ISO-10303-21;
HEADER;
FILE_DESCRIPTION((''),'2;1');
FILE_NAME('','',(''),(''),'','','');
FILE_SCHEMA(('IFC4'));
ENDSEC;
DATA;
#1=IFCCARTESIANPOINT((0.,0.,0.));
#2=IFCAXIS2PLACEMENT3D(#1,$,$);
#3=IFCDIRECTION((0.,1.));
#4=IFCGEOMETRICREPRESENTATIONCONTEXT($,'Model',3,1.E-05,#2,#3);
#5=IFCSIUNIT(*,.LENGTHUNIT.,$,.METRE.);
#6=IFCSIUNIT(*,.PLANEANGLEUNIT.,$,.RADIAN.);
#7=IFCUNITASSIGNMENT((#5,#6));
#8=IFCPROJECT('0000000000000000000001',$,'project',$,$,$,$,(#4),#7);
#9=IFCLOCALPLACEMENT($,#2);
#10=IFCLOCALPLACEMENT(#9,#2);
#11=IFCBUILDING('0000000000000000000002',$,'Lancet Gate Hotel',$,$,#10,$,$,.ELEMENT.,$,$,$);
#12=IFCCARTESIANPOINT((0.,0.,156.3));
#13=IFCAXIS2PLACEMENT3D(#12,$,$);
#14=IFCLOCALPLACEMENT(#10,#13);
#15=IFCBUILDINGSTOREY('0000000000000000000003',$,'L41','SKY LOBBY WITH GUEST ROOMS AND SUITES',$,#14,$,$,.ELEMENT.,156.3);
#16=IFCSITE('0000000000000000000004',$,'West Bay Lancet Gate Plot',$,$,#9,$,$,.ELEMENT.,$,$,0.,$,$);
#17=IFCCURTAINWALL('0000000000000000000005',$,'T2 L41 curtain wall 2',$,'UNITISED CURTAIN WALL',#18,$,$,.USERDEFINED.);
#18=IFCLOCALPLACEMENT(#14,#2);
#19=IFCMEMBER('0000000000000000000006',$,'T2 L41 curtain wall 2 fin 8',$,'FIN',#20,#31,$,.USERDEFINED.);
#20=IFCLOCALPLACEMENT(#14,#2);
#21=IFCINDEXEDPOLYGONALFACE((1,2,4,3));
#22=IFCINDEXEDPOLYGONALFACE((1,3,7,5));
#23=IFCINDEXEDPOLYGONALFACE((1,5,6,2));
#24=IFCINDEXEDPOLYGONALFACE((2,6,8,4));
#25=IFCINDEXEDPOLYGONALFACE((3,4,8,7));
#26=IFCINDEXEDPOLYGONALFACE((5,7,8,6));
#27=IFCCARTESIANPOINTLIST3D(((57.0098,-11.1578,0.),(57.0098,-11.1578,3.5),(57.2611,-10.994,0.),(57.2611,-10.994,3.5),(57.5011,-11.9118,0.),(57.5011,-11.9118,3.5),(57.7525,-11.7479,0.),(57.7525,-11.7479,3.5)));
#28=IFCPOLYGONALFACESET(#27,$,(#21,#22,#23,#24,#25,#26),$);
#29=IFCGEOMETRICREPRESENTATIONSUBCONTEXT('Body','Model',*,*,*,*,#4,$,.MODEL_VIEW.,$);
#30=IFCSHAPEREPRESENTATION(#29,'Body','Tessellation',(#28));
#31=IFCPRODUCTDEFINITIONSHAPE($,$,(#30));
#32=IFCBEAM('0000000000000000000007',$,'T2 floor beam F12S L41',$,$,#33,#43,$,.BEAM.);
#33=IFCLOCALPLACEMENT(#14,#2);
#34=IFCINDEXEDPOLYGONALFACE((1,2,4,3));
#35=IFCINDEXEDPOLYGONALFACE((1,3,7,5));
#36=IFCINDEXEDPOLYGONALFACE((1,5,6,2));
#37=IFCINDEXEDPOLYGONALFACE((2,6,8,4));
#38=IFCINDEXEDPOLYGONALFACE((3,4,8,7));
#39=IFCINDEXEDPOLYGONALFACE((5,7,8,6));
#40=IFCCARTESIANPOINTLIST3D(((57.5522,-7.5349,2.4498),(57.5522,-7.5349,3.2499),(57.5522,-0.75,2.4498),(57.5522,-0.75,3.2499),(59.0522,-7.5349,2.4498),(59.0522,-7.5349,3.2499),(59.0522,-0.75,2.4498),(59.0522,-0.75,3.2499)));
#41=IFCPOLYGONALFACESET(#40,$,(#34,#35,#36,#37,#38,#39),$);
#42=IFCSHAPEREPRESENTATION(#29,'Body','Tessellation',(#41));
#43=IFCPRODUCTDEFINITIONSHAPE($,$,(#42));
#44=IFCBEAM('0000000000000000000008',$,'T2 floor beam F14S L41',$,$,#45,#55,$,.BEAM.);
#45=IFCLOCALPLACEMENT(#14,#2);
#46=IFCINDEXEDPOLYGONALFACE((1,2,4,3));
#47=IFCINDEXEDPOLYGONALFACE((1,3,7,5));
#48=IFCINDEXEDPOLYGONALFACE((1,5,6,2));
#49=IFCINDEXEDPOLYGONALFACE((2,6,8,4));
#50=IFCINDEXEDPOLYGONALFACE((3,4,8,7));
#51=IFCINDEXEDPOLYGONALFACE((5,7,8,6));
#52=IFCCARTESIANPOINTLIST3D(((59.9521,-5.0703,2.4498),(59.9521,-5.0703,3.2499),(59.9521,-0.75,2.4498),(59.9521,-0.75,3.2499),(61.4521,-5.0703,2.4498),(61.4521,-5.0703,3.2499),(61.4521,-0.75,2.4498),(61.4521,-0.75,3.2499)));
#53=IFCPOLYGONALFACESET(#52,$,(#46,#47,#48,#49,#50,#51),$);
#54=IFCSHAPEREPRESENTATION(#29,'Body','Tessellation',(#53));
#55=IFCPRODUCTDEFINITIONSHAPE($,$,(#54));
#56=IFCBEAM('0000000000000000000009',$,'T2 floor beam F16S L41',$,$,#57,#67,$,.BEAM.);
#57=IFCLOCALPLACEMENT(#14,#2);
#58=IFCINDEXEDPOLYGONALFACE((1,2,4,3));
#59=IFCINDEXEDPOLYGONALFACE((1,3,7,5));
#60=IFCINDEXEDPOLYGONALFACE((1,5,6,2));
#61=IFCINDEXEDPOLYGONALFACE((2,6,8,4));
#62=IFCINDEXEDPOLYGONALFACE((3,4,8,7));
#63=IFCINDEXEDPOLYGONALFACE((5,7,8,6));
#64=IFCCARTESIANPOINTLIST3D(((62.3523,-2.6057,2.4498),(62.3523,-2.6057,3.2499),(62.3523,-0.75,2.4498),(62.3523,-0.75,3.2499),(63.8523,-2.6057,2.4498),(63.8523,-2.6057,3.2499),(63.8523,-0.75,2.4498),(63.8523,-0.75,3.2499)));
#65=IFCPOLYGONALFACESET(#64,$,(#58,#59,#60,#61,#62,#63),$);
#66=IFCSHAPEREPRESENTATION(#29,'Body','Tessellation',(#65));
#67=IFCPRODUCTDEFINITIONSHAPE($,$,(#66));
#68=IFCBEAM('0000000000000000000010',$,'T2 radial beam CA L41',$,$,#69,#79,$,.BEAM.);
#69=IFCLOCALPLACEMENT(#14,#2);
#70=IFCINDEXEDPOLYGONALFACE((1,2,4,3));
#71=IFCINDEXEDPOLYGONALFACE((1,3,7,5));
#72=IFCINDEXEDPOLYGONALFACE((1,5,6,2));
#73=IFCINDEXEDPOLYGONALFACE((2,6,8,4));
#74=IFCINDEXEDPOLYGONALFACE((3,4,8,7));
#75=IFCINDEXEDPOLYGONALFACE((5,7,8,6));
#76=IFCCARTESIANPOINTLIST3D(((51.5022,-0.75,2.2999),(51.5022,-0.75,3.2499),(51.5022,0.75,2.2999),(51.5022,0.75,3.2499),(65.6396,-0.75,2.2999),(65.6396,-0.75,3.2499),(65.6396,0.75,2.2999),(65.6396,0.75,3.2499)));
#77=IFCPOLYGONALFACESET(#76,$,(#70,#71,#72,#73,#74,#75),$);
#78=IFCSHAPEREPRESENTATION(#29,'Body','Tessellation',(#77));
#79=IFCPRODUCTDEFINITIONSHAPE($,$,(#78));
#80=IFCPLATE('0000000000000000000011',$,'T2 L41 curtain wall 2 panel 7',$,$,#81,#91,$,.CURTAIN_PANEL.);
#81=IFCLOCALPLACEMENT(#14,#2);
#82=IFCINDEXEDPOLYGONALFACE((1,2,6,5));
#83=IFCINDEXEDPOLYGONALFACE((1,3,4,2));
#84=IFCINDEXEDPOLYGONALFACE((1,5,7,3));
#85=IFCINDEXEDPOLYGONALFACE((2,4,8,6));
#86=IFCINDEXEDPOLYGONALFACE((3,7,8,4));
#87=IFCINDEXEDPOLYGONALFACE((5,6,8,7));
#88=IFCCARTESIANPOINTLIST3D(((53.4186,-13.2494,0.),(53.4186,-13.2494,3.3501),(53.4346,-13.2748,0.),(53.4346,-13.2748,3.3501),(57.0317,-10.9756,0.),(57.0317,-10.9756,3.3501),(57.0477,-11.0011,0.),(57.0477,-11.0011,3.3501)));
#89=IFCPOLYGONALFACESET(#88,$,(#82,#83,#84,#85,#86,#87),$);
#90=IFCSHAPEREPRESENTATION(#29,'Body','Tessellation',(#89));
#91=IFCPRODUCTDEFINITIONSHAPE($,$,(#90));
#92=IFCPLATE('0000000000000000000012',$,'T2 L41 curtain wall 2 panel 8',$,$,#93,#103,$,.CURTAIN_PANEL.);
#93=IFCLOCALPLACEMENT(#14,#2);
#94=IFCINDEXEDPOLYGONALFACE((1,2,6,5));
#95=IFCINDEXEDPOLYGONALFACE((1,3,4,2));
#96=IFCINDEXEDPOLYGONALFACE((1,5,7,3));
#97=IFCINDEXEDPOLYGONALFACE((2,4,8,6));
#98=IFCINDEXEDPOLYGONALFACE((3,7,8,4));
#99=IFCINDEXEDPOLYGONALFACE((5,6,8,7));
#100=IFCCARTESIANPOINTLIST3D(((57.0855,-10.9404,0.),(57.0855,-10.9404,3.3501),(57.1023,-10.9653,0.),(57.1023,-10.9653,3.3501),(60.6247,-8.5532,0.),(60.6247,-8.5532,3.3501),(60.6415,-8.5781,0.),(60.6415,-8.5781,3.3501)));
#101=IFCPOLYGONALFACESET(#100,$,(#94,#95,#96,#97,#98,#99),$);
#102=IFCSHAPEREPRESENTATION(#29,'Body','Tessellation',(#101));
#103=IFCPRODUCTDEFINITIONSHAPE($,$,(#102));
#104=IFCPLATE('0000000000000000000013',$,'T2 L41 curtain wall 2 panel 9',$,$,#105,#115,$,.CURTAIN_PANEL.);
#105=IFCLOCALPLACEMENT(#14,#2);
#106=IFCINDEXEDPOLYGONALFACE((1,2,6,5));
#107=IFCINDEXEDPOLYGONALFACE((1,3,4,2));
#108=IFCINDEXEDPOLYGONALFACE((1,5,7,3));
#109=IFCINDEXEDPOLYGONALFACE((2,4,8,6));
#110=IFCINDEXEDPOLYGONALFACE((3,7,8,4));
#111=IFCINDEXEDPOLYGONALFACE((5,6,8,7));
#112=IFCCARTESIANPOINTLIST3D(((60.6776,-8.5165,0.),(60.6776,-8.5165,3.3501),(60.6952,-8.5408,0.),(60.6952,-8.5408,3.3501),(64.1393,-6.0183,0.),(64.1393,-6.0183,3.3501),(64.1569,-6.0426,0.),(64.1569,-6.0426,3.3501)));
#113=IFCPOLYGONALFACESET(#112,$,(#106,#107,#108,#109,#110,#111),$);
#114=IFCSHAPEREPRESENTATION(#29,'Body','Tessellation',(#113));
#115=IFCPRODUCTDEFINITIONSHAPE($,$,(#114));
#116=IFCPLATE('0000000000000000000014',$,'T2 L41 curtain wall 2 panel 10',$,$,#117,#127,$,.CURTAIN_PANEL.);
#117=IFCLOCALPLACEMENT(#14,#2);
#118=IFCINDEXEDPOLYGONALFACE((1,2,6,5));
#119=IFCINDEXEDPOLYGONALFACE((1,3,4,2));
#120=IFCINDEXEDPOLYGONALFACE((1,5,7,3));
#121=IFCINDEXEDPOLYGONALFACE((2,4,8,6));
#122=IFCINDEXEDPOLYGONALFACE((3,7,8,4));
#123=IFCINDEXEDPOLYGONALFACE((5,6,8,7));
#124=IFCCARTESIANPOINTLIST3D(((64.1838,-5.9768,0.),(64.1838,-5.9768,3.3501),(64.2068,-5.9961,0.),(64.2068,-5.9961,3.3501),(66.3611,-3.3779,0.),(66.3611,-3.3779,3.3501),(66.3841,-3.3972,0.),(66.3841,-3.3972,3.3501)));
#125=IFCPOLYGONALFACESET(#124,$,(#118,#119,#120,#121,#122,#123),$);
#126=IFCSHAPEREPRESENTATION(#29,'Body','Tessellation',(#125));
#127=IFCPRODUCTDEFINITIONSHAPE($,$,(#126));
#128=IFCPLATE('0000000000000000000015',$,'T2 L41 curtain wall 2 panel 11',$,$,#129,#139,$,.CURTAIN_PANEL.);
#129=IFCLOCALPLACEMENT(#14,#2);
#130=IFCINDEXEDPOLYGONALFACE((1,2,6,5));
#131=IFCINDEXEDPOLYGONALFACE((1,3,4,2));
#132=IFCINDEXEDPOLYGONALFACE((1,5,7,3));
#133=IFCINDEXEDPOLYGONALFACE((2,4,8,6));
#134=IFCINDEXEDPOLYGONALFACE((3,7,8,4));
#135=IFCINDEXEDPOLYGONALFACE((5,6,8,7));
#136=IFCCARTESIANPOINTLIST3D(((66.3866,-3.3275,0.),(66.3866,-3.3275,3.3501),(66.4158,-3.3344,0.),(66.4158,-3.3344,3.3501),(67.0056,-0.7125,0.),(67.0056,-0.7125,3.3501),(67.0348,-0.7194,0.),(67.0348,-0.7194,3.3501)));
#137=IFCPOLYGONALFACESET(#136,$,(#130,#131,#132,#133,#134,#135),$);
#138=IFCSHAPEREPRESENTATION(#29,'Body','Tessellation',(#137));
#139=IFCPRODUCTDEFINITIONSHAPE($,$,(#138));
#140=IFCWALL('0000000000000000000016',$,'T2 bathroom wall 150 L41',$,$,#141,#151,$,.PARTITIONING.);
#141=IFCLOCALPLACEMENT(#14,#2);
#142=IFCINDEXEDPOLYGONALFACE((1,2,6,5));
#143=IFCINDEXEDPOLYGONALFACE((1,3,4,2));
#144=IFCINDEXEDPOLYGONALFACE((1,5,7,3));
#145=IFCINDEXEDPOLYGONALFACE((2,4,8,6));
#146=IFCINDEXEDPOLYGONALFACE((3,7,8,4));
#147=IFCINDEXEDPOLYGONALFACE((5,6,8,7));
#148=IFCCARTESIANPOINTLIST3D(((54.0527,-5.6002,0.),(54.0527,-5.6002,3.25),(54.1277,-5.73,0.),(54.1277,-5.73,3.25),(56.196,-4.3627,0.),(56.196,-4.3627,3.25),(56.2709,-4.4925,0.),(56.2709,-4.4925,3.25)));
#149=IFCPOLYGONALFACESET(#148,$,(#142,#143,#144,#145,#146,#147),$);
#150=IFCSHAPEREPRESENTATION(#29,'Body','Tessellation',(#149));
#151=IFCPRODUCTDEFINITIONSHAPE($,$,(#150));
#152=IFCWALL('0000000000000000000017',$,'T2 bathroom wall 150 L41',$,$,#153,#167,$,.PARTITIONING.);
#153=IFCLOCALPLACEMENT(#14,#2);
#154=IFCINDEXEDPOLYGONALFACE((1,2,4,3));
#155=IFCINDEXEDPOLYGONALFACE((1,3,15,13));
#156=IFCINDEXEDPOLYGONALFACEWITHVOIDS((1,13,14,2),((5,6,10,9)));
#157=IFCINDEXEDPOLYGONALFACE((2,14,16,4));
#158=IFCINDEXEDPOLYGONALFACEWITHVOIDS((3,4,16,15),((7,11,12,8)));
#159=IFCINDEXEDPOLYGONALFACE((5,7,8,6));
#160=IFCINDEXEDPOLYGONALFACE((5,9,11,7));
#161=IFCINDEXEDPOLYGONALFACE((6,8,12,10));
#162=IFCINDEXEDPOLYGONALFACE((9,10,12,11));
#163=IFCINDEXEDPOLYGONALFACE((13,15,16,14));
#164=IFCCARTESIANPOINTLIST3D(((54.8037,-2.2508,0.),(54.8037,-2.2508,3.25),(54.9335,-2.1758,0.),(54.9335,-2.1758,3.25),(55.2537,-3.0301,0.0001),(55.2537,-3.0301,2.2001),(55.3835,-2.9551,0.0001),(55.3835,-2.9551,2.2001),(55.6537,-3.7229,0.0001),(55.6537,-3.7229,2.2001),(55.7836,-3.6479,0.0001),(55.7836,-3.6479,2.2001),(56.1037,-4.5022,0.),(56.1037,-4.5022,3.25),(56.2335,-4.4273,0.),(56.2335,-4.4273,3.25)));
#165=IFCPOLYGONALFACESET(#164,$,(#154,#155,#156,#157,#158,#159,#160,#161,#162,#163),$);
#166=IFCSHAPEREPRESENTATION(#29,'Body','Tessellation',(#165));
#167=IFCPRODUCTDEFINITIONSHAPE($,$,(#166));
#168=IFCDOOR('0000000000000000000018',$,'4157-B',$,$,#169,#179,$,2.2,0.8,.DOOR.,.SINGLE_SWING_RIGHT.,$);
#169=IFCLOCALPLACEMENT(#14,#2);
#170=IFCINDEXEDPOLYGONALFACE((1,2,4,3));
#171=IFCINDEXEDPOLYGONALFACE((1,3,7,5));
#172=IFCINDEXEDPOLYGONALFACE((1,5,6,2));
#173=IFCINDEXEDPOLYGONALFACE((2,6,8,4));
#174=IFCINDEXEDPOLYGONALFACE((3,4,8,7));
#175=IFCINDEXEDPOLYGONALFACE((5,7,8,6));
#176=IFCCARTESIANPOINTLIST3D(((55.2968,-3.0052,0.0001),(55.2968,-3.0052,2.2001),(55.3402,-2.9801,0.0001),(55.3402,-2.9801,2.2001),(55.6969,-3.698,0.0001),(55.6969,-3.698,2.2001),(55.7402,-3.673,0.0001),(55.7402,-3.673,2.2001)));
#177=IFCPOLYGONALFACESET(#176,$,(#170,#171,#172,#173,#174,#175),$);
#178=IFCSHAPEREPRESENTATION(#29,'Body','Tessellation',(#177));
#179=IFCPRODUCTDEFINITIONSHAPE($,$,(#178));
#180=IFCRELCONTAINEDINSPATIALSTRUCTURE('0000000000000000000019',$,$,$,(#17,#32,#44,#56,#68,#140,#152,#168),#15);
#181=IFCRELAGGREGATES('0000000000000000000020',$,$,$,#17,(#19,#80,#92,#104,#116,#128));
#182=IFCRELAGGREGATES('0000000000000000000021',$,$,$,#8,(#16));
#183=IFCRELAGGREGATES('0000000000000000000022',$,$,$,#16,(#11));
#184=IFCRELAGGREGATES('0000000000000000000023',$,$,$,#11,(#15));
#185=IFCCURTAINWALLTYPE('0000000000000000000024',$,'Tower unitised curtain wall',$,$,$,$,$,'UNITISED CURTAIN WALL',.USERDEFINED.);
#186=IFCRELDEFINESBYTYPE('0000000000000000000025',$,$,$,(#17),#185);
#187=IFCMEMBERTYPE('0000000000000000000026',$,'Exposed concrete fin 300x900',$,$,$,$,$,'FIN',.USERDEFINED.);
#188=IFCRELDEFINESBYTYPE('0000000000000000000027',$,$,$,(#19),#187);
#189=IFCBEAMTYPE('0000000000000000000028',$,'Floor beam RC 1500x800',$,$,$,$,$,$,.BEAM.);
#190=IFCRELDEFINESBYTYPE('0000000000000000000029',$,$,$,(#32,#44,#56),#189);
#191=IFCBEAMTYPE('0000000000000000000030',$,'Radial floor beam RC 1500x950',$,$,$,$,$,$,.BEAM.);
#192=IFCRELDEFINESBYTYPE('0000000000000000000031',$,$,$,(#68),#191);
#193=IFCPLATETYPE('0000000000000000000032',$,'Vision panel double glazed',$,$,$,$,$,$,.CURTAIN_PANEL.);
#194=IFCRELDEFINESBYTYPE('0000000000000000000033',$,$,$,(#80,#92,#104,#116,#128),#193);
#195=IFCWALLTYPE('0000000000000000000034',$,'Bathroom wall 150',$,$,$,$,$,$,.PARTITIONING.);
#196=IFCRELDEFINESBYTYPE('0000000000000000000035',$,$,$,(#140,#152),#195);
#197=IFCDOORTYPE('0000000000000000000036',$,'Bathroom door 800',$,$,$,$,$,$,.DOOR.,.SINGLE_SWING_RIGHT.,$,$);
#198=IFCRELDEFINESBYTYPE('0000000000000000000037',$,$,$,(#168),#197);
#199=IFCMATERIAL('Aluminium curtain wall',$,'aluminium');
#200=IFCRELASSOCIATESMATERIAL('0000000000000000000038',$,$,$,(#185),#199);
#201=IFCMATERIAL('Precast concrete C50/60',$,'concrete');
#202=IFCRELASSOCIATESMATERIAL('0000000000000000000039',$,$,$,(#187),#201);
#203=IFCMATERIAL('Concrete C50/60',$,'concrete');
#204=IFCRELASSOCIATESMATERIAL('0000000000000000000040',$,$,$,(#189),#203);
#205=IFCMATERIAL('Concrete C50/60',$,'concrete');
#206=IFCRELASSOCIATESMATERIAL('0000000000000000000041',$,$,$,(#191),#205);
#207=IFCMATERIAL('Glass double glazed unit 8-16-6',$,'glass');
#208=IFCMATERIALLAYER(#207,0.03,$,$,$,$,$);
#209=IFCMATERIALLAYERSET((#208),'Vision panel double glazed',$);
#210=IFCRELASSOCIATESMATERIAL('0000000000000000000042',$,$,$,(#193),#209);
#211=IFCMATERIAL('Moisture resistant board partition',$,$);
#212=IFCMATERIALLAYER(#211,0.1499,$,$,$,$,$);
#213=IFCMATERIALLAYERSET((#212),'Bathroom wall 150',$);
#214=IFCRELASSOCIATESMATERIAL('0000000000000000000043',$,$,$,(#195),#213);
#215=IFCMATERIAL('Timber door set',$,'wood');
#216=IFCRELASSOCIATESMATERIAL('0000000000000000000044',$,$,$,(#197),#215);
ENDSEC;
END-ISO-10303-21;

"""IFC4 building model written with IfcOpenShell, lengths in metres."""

from ifc_helpers import new_model, si_unit, direction, frame, frame_2d, origin, origin_2d, place, context, subcontext, project, spatial, rectangle, extrude, material, layer, layer_set, material_profile, profile_set, type_object, element, fill, aggregate, save


model = new_model("IFC4")

# Units and contexts
model_context = context("Model", 3, precision=1e-05, world=origin(), true_north=direction((0.0, 1.0)))
body_context = subcontext(model_context, "Body", "Model", "MODEL_VIEW")
ifc_project = project(units=[si_unit("LENGTHUNIT", "METRE"), si_unit("PLANEANGLEUNIT", "RADIAN")], contexts=[model_context])

# Site, building, storey
site_placement = place(None, origin())
site = spatial("IfcSite", under=ifc_project, at=site_placement, Name="West Bay Lancet Gate Plot", CompositionType="ELEMENT", RefElevation=0.0)
building_placement = place(site_placement, origin())
building = spatial("IfcBuilding", under=site, at=building_placement, Name="Lancet Gate Hotel", CompositionType="ELEMENT")
storey_placement = place(building_placement, frame((0.0, 0.0, 156.3)))
storey = spatial("IfcBuildingStorey", under=building, at=storey_placement, Name="L41", Description="SKY LOBBY WITH GUEST ROOMS AND SUITES", CompositionType="ELEMENT", Elevation=156.3)

# Curtain wall
ifc_material_1 = material(Name="Aluminium curtain wall", Category="aluminium")
curtain_wall_type = type_object("IfcCurtainWallType", Name="Tower unitised curtain wall", ElementType="UNITISED CURTAIN WALL", PredefinedType="USERDEFINED", material=ifc_material_1)
curtain_wall_placement = place(storey_placement, origin())
curtain_wall = element("IfcCurtainWall", 1, at=curtain_wall_placement, inside=storey, type_object=curtain_wall_type, Name="T2 L41 curtain wall 2", ObjectType="UNITISED CURTAIN WALL", PredefinedType="USERDEFINED")

# Member
ifc_material_2 = material(Name="Precast concrete C50/60", Category="concrete")
ifc_material_profile_1 = material_profile(ifc_material_2, rectangle(XDim=0.3, YDim=0.8999, at=origin_2d()), Name="FIN 300x900")
ifc_profile_set_1 = profile_set([ifc_material_profile_1], Name="Precast concrete C50/60")
member_type_1 = type_object("IfcMemberType", Name="Exposed concrete fin 300x900", ElementType="FIN", PredefinedType="USERDEFINED", material=ifc_profile_set_1)
member_1_placement = place(storey_placement, frame((57.3811, -11.4529, 0.0), z_axis=(0.0, 0.0, 1.0), x_axis=(0.837801, 0.545976, 0.0)))
member_1 = element("IfcMember", 2, at=member_1_placement, type_object=member_type_1, Name="T2 L41 curtain wall 2 fin 8", ObjectType="FIN", PredefinedType="USERDEFINED", context=body_context, shape_type="SweptSolid", body=[
    extrude(rectangle(XDim=0.3, YDim=0.8999, at=origin_2d()), origin(), (0.0, 0.0, 1.0), 3.5),
])

# Beams
ifc_material_3 = material(Name="Concrete C50/60", Category="concrete")
ifc_material_profile_2 = material_profile(ifc_material_3, rectangle(XDim=1.5, YDim=0.8, at=origin_2d()), Name="RC 1500x800")
ifc_profile_set_2 = profile_set([ifc_material_profile_2], Name="Concrete C50/60")
beam_type_1 = type_object("IfcBeamType", Name="Floor beam RC 1500x800", PredefinedType="BEAM", material=ifc_profile_set_2)
beam_1_placement = place(storey_placement, frame((58.3022, -7.5349, 2.8499), z_axis=(0.0, 1.0, 0.0), x_axis=(-1.0, 0.0, 0.0)))
element("IfcBeam", 3, at=beam_1_placement, inside=storey, type_object=beam_type_1, Name="T2 floor beam F12S L41", PredefinedType="BEAM", context=body_context, shape_type="SweptSolid", body=[
    extrude(rectangle(XDim=1.5, YDim=0.8, at=origin_2d()), origin(), (0.0, 0.0, 1.0), 6.7849),
])
beam_2_placement = place(storey_placement, frame((60.7021, -5.0703, 2.8499), z_axis=(0.0, 1.0, 0.0), x_axis=(-1.0, 0.0, 0.0)))
element("IfcBeam", 4, at=beam_2_placement, inside=storey, type_object=beam_type_1, Name="T2 floor beam F14S L41", PredefinedType="BEAM", context=body_context, shape_type="SweptSolid", body=[
    extrude(rectangle(XDim=1.5, YDim=0.8, at=origin_2d()), origin(), (0.0, 0.0, 1.0), 4.3203),
])
beam_3_placement = place(storey_placement, frame((63.1023, -2.6057, 2.8499), z_axis=(0.0, 1.0, 0.0), x_axis=(-1.0, 0.0, 0.0)))
element("IfcBeam", 5, at=beam_3_placement, inside=storey, type_object=beam_type_1, Name="T2 floor beam F16S L41", PredefinedType="BEAM", context=body_context, shape_type="SweptSolid", body=[
    extrude(rectangle(XDim=1.5, YDim=0.8, at=origin_2d()), origin(), (0.0, 0.0, 1.0), 1.8557),
])
ifc_material_4 = material(Name="Concrete C50/60", Category="concrete")
ifc_material_profile_3 = material_profile(ifc_material_4, rectangle(XDim=1.5, YDim=0.95, at=origin_2d()), Name="RC 1500x950")
ifc_profile_set_3 = profile_set([ifc_material_profile_3], Name="Concrete C50/60")
beam_type_2 = type_object("IfcBeamType", Name="Radial floor beam RC 1500x950", PredefinedType="BEAM", material=ifc_profile_set_3)
beam_4_placement = place(storey_placement, frame((65.6396, 0.0, 2.7749), z_axis=(-1.0, 0.0, 0.0), x_axis=(0.0, -1.0, 0.0)))
element("IfcBeam", 6, at=beam_4_placement, inside=storey, type_object=beam_type_2, Name="T2 radial beam CA L41", PredefinedType="BEAM", context=body_context, shape_type="SweptSolid", body=[
    extrude(rectangle(XDim=1.5, YDim=0.95, at=origin_2d()), origin(), (0.0, 0.0, 1.0), 14.1375),
])

# Plates
ifc_material_5 = material(Name="Glass double glazed unit 8-16-6", Category="glass")
ifc_layer_1 = layer(ifc_material_5, 0.03)
ifc_layer_set_1 = layer_set([ifc_layer_1], Name="Vision panel double glazed")
plate_type = type_object("IfcPlateType", Name="Vision panel double glazed", PredefinedType="CURTAIN_PANEL", material=ifc_layer_set_1)
plate_1_placement = place(storey_placement, frame((55.2332, -12.1252, 0.0), z_axis=(0.0, 0.0, 1.0), x_axis=(0.846352, 0.532623, 0.0)))
plate_1 = element("IfcPlate", 7, at=plate_1_placement, type_object=plate_type, Name="T2 L41 curtain wall 2 panel 7", PredefinedType="CURTAIN_PANEL", context=body_context, shape_type="SweptSolid", body=[
    extrude(rectangle(XDim=4.269, YDim=0.03, at=origin_2d()), origin(), (0.0, 0.0, 1.0), 3.3501),
])
plate_2_placement = place(storey_placement, frame((58.8635, -9.7593, 0.0), z_axis=(0.0, 0.0, 1.0), x_axis=(0.829039, 0.559191, 0.0)))
plate_2 = element("IfcPlate", 8, at=plate_2_placement, type_object=plate_type, Name="T2 L41 curtain wall 2 panel 8", PredefinedType="CURTAIN_PANEL", context=body_context, shape_type="SweptSolid", body=[
    extrude(rectangle(XDim=4.269, YDim=0.03, at=origin_2d()), origin(), (0.0, 0.0, 1.0), 3.3501),
])
plate_3_placement = place(storey_placement, frame((62.4172, -7.2795, 0.0), z_axis=(0.0, 0.0, 1.0), x_axis=(0.810891, 0.585197, 0.0)))
plate_3 = element("IfcPlate", 9, at=plate_3_placement, type_object=plate_type, Name="T2 L41 curtain wall 2 panel 9", PredefinedType="CURTAIN_PANEL", context=body_context, shape_type="SweptSolid", body=[
    extrude(rectangle(XDim=4.269, YDim=0.03, at=origin_2d()), origin(), (0.0, 0.0, 1.0), 3.3501),
])
plate_4_placement = place(storey_placement, frame((65.2839, -4.687, 0.0), z_axis=(0.0, 0.0, 1.0), x_axis=(0.642199, 0.766538, 0.0)))
plate_4 = element("IfcPlate", 10, at=plate_4_placement, type_object=plate_type, Name="T2 L41 curtain wall 2 panel 10", PredefinedType="CURTAIN_PANEL", context=body_context, shape_type="SweptSolid", body=[
    extrude(rectangle(XDim=3.3904, YDim=0.03, at=origin_2d()), origin(), (0.0, 0.0, 1.0), 3.3501),
])
plate_5_placement = place(storey_placement, frame((66.7107, -2.0234, 0.0), z_axis=(0.0, 0.0, 1.0), x_axis=(0.230367, 0.973104, 0.0)))
plate_5 = element("IfcPlate", 11, at=plate_5_placement, type_object=plate_type, Name="T2 L41 curtain wall 2 panel 11", PredefinedType="CURTAIN_PANEL", context=body_context, shape_type="SweptSolid", body=[
    extrude(rectangle(XDim=2.6873, YDim=0.03, at=origin_2d()), origin(), (0.0, 0.0, 1.0), 3.3501),
])
aggregate(curtain_wall, [member_1, plate_1, plate_2, plate_3, plate_4, plate_5])

# Wall
ifc_material_6 = material(Name="Moisture resistant board partition")
ifc_layer_2 = layer(ifc_material_6, 0.1499)
ifc_layer_set_2 = layer_set([ifc_layer_2], Name="Bathroom wall 150")
wall_type_1 = type_object("IfcWallType", Name="Bathroom wall 150", PredefinedType="PARTITIONING", material=ifc_layer_set_2)
wall_1_placement = place(storey_placement, frame((54.0903, -5.665, 0.0), z_axis=(0.0, 0.0, 1.0), x_axis=(0.866007, 0.500033, 0.0)))
element("IfcWall", 12, at=wall_1_placement, inside=storey, type_object=wall_type_1, Name="T2 bathroom wall 150 L41", PredefinedType="PARTITIONING", context=body_context, shape_type="SweptSolid", body=[
    extrude(rectangle(XDim=2.4749, YDim=0.1499, at=frame_2d((1.2373, 0.0))), origin(), (0.0, 0.0, 1.0), 3.25),
])

# Wall, opening, door
wall_2_placement = place(storey_placement, frame((54.8687, -2.2134, 0.0), z_axis=(0.0, 0.0, 1.0), x_axis=(0.500048, -0.865998, 0.0)))
wall_2 = element("IfcWall", 13, at=wall_2_placement, inside=storey, type_object=wall_type_1, Name="T2 bathroom wall 150 L41", PredefinedType="PARTITIONING", context=body_context, shape_type="SweptSolid", body=[
    extrude(rectangle(XDim=2.5999, YDim=0.1499, at=frame_2d((1.2998, 0.0))), origin(), (0.0, 0.0, 1.0), 3.25),
])
opening_placement = place(wall_2_placement, frame((0.8999, 0.0, 0.0)))
opening = element("IfcOpeningElement", 14, at=opening_placement, cuts=wall_2, PredefinedType="OPENING", context=body_context, shape_type="SweptSolid", body=[
    extrude(rectangle(XDim=0.8, YDim=2.2, at=frame_2d((0.3999, 1.1001))), frame((0.0, 0.085, 0.0), z_axis=(0.0, -1.0, 0.0), x_axis=(1.0, 0.0, 0.0)), (0.0, 0.0, 1.0), 0.1699),
])
ifc_material_7 = material(Name="Timber door set", Category="wood")
door_type = type_object("IfcDoorType", Name="Bathroom door 800", OperationType="SINGLE_SWING_RIGHT", PredefinedType="DOOR", material=ifc_material_7)
door_placement = place(opening_placement, origin())
door = element("IfcDoor", 15, at=door_placement, inside=storey, type_object=door_type, Name="4157-B", OperationType="SINGLE_SWING_RIGHT", OverallHeight=2.2, OverallWidth=0.8, PredefinedType="DOOR", context=body_context, shape_type="SweptSolid", body=[
    extrude(rectangle(XDim=0.8, YDim=2.2, at=frame_2d((0.3999, 1.1001))), frame((0.0, 0.0249, 0.0), z_axis=(0.0, -1.0, 0.0), x_axis=(1.0, 0.0, 0.0)), (0.0, 0.0, 1.0), 0.05),
])
fill(opening, door)

save(model, "model.ifc")
